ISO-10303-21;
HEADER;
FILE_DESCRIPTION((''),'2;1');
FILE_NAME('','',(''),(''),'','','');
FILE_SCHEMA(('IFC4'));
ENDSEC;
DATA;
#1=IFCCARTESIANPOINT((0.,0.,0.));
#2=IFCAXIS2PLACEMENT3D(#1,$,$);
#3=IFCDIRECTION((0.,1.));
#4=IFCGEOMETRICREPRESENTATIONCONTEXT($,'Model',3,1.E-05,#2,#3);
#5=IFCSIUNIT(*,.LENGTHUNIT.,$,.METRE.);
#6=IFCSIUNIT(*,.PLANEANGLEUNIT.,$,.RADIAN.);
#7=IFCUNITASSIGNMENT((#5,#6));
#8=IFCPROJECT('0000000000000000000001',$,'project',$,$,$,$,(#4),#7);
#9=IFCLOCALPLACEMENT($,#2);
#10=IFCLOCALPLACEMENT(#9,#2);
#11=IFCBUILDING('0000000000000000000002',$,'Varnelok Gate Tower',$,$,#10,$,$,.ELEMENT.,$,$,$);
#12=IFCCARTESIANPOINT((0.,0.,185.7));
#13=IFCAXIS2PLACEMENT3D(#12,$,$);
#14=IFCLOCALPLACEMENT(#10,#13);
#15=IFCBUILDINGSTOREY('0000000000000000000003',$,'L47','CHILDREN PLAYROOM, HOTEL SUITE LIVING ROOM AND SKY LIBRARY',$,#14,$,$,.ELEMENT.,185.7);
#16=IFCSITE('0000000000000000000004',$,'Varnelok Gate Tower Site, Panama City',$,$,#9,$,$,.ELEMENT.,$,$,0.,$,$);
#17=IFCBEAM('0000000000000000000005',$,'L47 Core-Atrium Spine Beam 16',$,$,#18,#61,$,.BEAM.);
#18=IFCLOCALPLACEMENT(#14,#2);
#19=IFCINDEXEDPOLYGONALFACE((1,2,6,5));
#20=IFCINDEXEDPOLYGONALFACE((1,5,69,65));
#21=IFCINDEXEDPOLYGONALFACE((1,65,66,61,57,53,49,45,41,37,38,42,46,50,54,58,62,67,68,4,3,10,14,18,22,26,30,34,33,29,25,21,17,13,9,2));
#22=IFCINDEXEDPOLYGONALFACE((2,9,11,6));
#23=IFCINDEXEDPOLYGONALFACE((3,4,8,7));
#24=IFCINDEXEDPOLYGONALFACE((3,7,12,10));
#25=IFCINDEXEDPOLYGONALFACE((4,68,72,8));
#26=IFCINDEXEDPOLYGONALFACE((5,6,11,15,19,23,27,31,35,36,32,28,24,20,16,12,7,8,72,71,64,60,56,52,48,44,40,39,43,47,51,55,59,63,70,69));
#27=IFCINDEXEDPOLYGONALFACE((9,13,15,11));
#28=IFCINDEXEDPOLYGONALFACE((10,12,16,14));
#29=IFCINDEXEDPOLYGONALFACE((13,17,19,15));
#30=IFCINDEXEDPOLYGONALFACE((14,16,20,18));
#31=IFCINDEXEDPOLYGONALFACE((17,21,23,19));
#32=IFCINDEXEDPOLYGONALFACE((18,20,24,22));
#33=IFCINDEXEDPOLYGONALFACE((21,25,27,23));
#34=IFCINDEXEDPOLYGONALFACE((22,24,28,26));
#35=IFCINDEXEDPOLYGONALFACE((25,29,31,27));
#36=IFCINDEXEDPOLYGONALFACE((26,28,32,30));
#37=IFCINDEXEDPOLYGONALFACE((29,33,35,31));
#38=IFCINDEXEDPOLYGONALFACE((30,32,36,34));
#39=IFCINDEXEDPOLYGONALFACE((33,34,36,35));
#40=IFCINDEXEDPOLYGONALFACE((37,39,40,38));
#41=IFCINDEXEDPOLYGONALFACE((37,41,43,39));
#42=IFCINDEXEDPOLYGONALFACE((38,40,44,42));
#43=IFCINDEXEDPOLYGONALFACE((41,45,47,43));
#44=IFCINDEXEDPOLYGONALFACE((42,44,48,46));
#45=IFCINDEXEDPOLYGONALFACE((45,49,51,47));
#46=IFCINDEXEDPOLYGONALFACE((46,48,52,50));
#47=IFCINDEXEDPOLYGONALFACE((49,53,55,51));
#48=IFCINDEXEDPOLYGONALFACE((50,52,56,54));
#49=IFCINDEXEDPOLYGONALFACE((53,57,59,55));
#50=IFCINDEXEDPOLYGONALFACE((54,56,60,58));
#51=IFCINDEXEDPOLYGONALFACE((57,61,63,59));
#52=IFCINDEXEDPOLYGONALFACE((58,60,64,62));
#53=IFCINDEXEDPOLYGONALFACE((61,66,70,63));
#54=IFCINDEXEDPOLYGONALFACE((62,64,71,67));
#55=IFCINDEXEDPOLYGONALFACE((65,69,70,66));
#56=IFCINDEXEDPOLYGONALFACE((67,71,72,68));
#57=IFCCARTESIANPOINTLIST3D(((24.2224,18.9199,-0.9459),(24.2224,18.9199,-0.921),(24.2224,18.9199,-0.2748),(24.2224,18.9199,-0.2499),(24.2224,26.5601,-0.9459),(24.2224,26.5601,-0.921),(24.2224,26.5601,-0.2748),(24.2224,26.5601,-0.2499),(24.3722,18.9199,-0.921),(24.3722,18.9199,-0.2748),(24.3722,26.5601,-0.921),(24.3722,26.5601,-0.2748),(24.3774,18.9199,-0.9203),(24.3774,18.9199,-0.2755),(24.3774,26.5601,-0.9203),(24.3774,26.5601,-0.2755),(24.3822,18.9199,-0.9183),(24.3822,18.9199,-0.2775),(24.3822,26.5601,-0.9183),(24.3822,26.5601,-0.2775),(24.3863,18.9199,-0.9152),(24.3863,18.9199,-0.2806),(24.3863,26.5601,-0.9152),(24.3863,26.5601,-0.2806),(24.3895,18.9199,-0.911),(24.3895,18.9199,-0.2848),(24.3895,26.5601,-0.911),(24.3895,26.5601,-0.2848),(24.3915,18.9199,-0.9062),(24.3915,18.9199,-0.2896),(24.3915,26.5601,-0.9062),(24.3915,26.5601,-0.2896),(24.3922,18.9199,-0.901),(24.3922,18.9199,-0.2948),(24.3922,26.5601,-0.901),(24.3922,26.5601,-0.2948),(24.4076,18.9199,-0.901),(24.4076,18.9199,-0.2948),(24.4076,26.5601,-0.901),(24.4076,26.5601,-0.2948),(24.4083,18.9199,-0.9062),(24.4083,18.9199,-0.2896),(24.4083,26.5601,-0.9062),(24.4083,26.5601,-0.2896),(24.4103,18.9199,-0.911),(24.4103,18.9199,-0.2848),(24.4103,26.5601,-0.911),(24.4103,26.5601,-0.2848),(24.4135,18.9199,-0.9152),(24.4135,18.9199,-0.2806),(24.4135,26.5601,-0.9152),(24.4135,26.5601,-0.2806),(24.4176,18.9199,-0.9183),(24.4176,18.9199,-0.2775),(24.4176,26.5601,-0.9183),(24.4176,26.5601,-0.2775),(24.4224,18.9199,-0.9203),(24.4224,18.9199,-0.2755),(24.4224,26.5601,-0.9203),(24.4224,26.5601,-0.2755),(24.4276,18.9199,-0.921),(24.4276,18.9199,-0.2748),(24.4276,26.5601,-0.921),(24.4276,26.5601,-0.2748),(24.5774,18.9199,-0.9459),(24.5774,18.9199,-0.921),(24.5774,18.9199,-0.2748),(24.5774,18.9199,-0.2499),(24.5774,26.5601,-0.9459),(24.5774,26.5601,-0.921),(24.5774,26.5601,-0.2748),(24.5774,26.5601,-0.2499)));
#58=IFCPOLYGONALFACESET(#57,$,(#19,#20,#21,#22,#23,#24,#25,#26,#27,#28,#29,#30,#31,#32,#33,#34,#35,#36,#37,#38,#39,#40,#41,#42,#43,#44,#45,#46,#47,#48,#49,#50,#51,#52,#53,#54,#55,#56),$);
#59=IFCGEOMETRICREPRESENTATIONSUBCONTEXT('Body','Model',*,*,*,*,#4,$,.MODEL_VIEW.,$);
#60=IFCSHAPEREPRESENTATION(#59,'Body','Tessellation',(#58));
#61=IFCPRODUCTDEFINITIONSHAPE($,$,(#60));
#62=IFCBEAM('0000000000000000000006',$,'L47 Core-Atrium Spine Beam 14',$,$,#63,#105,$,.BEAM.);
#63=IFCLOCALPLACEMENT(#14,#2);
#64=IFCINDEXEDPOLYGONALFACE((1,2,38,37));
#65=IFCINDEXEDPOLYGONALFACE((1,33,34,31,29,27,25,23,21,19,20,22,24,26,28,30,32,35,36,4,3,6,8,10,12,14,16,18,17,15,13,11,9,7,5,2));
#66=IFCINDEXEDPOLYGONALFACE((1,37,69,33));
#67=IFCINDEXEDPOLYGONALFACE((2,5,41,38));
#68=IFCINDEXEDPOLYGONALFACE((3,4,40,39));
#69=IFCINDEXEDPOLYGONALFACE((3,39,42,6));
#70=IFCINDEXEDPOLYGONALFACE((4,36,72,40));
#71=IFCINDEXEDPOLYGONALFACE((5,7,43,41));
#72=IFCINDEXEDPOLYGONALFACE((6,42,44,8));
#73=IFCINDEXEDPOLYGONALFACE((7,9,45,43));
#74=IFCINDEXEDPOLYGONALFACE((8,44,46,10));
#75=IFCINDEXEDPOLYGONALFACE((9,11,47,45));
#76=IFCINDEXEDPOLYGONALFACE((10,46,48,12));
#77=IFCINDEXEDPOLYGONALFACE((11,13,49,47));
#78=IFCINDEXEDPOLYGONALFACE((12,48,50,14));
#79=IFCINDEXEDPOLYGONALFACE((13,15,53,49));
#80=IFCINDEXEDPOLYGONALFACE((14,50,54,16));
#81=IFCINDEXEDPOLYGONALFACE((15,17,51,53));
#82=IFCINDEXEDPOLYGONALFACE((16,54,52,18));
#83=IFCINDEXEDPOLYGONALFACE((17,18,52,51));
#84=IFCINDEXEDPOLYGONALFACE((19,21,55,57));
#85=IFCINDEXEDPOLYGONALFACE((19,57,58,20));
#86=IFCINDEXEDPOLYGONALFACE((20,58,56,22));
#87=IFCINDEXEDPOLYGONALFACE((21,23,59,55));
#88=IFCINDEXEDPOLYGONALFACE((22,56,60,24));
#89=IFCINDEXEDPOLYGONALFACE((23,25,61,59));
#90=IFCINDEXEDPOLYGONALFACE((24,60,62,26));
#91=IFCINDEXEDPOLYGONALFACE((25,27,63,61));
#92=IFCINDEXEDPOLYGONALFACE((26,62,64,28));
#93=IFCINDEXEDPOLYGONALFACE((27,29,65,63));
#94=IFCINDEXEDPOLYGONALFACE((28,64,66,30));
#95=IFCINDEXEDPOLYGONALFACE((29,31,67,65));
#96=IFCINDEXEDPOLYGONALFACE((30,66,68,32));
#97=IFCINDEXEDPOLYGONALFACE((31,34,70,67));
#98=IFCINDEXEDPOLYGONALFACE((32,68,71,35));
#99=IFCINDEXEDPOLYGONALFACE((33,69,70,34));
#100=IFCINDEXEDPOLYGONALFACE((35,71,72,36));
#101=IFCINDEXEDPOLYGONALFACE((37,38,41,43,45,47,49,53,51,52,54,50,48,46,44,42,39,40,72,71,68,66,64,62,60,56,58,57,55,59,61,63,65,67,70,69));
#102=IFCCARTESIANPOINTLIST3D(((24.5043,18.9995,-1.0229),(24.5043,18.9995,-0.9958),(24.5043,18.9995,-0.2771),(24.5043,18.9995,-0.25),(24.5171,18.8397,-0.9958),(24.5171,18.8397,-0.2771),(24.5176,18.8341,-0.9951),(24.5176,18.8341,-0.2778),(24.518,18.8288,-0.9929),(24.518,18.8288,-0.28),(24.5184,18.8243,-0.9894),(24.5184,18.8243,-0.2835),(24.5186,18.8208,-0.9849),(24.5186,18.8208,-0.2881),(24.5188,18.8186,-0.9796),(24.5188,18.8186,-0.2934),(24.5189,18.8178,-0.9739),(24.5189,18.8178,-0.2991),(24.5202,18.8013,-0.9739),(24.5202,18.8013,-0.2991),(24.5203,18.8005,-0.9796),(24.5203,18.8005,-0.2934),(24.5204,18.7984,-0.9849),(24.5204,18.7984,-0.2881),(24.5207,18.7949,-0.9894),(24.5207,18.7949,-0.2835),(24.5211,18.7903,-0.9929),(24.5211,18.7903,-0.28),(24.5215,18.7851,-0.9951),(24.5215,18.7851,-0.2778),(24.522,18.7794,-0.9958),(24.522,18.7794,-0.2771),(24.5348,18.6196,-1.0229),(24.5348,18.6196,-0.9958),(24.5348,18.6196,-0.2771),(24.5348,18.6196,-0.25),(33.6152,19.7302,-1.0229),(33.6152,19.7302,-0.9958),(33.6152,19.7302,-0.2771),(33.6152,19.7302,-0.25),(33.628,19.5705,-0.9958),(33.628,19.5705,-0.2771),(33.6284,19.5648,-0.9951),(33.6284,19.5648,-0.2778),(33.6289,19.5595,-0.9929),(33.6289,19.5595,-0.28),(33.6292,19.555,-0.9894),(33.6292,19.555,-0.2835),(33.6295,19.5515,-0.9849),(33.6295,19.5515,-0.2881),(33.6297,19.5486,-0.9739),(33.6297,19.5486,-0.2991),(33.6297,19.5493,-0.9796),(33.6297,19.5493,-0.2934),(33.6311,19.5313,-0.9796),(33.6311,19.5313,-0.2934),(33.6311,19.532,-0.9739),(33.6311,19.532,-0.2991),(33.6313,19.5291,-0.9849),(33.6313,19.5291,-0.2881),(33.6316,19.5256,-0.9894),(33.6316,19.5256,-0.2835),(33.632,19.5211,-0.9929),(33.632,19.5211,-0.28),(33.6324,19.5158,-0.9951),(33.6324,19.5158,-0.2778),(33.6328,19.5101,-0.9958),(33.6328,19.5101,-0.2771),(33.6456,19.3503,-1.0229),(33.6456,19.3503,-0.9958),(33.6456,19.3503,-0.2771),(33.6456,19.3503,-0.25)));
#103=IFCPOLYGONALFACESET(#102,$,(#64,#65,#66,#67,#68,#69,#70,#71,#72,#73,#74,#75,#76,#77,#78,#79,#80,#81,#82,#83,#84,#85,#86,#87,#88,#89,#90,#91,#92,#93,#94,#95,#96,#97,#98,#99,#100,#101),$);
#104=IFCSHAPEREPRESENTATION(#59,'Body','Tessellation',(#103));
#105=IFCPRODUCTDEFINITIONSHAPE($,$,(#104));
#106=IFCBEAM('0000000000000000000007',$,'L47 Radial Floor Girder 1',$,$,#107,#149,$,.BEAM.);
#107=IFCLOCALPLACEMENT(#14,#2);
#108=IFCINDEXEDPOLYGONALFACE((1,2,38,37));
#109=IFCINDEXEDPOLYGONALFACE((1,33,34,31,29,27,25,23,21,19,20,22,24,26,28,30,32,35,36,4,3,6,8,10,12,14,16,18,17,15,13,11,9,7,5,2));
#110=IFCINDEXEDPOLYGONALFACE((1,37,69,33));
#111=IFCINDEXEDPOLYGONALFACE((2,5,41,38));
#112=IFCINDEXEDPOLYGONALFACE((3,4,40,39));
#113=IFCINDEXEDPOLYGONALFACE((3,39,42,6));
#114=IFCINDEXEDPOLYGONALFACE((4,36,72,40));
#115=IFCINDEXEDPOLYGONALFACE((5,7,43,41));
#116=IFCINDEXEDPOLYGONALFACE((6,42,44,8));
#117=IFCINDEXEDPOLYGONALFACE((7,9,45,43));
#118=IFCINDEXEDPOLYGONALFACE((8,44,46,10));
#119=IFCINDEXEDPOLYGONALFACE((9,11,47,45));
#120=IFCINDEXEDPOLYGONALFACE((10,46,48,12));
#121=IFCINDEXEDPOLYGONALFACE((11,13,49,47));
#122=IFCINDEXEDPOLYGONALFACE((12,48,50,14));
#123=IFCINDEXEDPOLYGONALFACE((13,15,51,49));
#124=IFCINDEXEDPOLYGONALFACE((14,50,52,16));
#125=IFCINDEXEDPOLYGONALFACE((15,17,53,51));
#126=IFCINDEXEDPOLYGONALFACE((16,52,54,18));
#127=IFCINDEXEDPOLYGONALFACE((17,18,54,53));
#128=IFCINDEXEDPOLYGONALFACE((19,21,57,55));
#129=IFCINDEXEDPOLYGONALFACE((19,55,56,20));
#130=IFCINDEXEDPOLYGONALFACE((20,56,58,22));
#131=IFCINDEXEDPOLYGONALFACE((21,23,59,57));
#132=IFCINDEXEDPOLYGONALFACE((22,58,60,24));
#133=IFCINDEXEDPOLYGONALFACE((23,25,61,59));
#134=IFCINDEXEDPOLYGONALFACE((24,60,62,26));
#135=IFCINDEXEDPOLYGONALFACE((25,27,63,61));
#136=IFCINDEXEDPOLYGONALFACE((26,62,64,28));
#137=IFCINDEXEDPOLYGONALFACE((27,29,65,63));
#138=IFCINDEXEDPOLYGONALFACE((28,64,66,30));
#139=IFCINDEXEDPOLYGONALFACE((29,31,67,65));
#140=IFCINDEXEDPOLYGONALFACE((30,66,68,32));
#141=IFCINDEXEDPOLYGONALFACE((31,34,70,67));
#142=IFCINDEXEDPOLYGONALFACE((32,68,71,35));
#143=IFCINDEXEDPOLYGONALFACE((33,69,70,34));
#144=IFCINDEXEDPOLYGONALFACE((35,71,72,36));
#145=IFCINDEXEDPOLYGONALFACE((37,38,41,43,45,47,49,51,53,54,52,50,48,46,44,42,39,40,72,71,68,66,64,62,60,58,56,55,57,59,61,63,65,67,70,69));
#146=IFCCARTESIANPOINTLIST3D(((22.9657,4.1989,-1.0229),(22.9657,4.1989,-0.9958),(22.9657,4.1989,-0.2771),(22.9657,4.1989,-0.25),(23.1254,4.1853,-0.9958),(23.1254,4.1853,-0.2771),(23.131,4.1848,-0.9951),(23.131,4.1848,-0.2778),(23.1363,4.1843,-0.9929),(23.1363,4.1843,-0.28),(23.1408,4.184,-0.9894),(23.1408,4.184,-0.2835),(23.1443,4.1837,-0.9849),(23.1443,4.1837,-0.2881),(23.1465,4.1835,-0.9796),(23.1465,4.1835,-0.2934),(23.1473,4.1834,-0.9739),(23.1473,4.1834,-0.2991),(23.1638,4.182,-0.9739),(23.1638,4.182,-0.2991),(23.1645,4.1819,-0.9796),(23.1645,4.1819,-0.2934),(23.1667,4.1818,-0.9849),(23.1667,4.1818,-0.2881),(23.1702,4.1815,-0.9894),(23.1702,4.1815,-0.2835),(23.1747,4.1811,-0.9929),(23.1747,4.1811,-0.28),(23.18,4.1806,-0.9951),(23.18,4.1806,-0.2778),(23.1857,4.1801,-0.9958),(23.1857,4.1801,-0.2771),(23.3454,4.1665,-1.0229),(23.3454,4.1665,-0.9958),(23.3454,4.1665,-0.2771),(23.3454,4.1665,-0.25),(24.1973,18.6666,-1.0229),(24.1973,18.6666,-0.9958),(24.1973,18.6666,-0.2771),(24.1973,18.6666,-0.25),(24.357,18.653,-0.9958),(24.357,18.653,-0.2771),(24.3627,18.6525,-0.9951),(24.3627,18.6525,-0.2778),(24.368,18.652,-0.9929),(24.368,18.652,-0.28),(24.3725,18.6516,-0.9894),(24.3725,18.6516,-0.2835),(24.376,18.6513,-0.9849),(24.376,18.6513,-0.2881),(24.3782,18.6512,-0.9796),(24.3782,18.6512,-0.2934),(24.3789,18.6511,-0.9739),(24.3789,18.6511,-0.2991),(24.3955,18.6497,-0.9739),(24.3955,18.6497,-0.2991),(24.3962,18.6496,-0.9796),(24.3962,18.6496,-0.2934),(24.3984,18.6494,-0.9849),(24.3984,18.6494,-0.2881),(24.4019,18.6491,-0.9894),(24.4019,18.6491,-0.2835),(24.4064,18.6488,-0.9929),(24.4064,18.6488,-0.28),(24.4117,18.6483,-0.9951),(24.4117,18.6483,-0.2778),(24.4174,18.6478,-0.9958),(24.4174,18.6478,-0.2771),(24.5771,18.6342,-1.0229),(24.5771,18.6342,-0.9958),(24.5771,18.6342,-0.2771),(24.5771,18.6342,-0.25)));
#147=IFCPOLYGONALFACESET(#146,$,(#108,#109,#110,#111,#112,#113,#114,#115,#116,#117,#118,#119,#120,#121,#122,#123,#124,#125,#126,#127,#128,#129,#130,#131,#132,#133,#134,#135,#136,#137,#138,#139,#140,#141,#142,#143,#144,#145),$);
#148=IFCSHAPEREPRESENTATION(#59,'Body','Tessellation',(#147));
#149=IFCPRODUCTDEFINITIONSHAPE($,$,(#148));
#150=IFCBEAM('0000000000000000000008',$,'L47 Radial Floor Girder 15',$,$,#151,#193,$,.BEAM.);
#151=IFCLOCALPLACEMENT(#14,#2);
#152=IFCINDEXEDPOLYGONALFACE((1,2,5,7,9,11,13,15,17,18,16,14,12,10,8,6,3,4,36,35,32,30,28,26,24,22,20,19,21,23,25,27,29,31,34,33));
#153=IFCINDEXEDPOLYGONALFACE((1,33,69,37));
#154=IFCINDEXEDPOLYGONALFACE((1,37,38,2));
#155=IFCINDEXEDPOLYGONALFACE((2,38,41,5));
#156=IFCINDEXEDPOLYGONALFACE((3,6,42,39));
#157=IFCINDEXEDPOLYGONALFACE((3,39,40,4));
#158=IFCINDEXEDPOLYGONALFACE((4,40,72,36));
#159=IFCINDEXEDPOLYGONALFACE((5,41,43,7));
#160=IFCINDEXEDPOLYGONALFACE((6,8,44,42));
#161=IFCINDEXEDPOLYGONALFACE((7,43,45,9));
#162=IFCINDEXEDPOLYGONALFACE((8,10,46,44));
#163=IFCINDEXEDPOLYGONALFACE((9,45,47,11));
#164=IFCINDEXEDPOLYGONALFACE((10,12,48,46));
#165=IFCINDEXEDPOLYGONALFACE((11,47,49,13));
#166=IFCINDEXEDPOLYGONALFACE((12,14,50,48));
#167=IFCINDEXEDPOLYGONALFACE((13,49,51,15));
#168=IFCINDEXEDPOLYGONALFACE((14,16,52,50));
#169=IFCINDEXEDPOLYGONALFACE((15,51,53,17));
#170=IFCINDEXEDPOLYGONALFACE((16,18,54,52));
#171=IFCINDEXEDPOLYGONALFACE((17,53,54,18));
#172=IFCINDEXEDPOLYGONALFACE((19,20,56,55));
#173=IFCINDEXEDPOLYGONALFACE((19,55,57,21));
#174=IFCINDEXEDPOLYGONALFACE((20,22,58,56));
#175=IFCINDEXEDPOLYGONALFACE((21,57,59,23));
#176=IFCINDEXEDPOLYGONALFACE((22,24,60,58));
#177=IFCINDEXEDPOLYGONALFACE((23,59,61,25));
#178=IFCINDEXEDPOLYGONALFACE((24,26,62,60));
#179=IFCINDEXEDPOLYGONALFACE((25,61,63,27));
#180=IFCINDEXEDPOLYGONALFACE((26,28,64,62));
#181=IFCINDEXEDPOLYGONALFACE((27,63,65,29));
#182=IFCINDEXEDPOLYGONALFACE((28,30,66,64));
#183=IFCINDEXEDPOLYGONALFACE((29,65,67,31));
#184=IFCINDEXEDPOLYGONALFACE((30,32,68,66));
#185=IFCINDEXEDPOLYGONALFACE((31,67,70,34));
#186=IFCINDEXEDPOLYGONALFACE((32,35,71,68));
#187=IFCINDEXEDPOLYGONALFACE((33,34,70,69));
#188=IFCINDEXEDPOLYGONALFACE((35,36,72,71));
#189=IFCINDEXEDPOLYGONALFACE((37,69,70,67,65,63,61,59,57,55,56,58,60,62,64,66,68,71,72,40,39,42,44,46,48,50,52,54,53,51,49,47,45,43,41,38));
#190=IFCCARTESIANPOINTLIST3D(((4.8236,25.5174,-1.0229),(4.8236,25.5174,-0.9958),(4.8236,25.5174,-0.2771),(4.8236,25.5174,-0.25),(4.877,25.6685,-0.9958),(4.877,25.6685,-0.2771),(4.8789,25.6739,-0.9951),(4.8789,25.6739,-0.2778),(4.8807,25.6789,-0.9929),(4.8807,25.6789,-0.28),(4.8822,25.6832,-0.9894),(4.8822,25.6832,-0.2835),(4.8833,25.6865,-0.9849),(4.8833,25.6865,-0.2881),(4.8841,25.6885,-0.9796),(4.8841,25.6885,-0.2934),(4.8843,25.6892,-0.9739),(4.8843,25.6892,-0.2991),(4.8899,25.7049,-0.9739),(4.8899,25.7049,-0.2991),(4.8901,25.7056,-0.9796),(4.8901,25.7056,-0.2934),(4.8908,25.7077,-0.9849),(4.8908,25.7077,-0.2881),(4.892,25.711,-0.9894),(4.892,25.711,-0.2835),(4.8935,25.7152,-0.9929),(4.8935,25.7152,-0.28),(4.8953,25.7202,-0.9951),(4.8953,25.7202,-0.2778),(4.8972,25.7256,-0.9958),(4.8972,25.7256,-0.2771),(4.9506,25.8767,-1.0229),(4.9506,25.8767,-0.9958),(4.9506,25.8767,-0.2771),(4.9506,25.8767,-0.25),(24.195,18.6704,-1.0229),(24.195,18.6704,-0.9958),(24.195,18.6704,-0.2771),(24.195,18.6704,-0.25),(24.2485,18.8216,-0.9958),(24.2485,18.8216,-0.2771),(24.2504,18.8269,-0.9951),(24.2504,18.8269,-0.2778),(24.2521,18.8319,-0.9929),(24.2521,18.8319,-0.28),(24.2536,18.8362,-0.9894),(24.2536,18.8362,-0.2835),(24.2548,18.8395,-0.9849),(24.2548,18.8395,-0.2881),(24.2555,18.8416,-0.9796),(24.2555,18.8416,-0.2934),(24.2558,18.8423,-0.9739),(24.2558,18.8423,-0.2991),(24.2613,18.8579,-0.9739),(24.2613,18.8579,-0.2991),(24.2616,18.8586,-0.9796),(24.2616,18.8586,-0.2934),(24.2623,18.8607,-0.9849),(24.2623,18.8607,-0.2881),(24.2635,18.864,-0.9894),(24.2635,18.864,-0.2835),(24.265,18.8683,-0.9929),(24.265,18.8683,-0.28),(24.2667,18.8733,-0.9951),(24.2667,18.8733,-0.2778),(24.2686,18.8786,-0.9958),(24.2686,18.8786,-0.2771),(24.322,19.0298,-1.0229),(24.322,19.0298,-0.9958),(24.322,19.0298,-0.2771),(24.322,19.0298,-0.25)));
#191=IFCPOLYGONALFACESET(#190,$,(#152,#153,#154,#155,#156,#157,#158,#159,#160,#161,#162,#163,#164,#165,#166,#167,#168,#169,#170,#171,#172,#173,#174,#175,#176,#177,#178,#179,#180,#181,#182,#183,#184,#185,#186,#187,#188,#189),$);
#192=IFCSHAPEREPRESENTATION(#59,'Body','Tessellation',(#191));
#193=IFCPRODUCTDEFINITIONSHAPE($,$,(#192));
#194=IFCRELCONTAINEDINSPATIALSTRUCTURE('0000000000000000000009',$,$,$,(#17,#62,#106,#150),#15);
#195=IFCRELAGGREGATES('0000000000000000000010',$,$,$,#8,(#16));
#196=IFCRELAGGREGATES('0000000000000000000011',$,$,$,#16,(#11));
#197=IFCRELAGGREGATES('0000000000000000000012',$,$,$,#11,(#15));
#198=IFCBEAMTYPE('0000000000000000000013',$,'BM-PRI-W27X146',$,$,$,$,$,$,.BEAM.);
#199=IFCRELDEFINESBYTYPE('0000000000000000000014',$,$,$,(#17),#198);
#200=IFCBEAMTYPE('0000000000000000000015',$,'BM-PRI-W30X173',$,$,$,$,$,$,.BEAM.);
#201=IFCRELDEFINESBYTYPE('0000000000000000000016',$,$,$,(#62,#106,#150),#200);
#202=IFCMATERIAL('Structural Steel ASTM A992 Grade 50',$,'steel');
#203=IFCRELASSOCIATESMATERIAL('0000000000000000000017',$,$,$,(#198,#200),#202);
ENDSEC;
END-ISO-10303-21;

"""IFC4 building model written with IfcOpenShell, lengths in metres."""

from ifc_helpers import new_model, si_unit, direction, frame, origin, origin_2d, place, context, subcontext, project, spatial, i_section, extrude, material, material_profile, profile_set, type_object, element, save


model = new_model("IFC4")

# Units and contexts
model_context = context("Model", 3, precision=1e-05, world=origin(), true_north=direction((0.0, 1.0)))
body_context = subcontext(model_context, "Body", "Model", "MODEL_VIEW")
ifc_project = project(units=[si_unit("LENGTHUNIT", "METRE"), si_unit("PLANEANGLEUNIT", "RADIAN")], contexts=[model_context])

# Site, building, storey
site_placement = place(None, origin())
site = spatial("IfcSite", under=ifc_project, at=site_placement, Name="Varnelok Gate Tower Site, Panama City", CompositionType="ELEMENT", RefElevation=0.0)
building_placement = place(site_placement, origin())
building = spatial("IfcBuilding", under=site, at=building_placement, Name="Varnelok Gate Tower", CompositionType="ELEMENT")
storey_placement = place(building_placement, frame((0.0, 0.0, 185.7)))
storey = spatial("IfcBuildingStorey", under=building, at=storey_placement, Name="L47", Description="CHILDREN PLAYROOM, HOTEL SUITE LIVING ROOM AND SKY LIBRARY", CompositionType="ELEMENT", Elevation=185.7)

# Shared definitions
ifc_material_1 = material(Name="Structural Steel ASTM A992 Grade 50", Category="steel")

# Beams
ifc_material_profile_1 = material_profile(ifc_material_1, i_section(OverallWidth=0.355, OverallDepth=0.696, WebThickness=0.0154, FlangeThickness=0.0249, FilletRadius=0.02, at=origin_2d()), Name="W27X146")
ifc_profile_set_1 = profile_set([ifc_material_profile_1], Name="Structural Steel ASTM A992 Grade 50")
beam_type_1 = type_object("IfcBeamType", Name="BM-PRI-W27X146", PredefinedType="BEAM", material=ifc_profile_set_1)
beam_1_placement = place(storey_placement, frame((24.3999, 18.9199, -0.5979), z_axis=(0.0, 1.0, 0.0), x_axis=(-1.0, 0.0, 0.0)))
element("IfcBeam", 1, at=beam_1_placement, inside=storey, type_object=beam_type_1, Name="L47 Core-Atrium Spine Beam 16", PredefinedType="BEAM", context=body_context, shape_type="SweptSolid", body=[
    extrude(i_section(OverallWidth=0.355, OverallDepth=0.696, WebThickness=0.0154, FlangeThickness=0.0249, FilletRadius=0.02, at=origin_2d()), origin(), (0.0, 0.0, 1.0), 7.6401),
])
ifc_material_profile_2 = material_profile(ifc_material_1, i_section(OverallWidth=0.3811, OverallDepth=0.7729, WebThickness=0.0166, FlangeThickness=0.0271, FilletRadius=0.022, at=origin_2d()), Name="W30X173")
ifc_profile_set_2 = profile_set([ifc_material_profile_2], Name="Structural Steel ASTM A992 Grade 50")
beam_type_2 = type_object("IfcBeamType", Name="BM-PRI-W30X173", PredefinedType="BEAM", material=ifc_profile_set_2)
beam_2_placement = place(storey_placement, frame((24.5195, 18.8096, -0.6365), z_axis=(0.996799, 0.079946, 0.0), x_axis=(-0.079946, 0.996799, 0.0)))
element("IfcBeam", 2, at=beam_2_placement, inside=storey, type_object=beam_type_2, Name="L47 Core-Atrium Spine Beam 14", PredefinedType="BEAM", context=body_context, shape_type="SweptSolid", body=[
    extrude(i_section(OverallWidth=0.3811, OverallDepth=0.7729, WebThickness=0.0166, FlangeThickness=0.0271, FilletRadius=0.022, at=origin_2d()), origin(), (0.0, 0.0, 1.0), 9.1401),
])
beam_3_placement = place(storey_placement, frame((24.3872, 18.6504, -0.6365), z_axis=(-0.084826, -0.996396, 0.0), x_axis=(0.996396, -0.084826, 0.0)))
element("IfcBeam", 3, at=beam_3_placement, inside=storey, type_object=beam_type_2, Name="L47 Radial Floor Girder 1", PredefinedType="BEAM", context=body_context, shape_type="SweptSolid", body=[
    extrude(i_section(OverallWidth=0.3811, OverallDepth=0.7729, WebThickness=0.0166, FlangeThickness=0.0271, FilletRadius=0.022, at=origin_2d()), origin(), (0.0, 0.0, 1.0), 14.52),
])
beam_4_placement = place(storey_placement, frame((24.2585, 18.8501, -0.6365), z_axis=(-0.942838, 0.333252, 0.0), x_axis=(-0.333252, -0.942838, 0.0)))
element("IfcBeam", 4, at=beam_4_placement, inside=storey, type_object=beam_type_2, Name="L47 Radial Floor Girder 15", PredefinedType="BEAM", context=body_context, shape_type="SweptSolid", body=[
    extrude(i_section(OverallWidth=0.3811, OverallDepth=0.7729, WebThickness=0.0166, FlangeThickness=0.0271, FilletRadius=0.022, at=origin_2d()), origin(), (0.0, 0.0, 1.0), 20.5459),
])

save(model, "model.ifc")
